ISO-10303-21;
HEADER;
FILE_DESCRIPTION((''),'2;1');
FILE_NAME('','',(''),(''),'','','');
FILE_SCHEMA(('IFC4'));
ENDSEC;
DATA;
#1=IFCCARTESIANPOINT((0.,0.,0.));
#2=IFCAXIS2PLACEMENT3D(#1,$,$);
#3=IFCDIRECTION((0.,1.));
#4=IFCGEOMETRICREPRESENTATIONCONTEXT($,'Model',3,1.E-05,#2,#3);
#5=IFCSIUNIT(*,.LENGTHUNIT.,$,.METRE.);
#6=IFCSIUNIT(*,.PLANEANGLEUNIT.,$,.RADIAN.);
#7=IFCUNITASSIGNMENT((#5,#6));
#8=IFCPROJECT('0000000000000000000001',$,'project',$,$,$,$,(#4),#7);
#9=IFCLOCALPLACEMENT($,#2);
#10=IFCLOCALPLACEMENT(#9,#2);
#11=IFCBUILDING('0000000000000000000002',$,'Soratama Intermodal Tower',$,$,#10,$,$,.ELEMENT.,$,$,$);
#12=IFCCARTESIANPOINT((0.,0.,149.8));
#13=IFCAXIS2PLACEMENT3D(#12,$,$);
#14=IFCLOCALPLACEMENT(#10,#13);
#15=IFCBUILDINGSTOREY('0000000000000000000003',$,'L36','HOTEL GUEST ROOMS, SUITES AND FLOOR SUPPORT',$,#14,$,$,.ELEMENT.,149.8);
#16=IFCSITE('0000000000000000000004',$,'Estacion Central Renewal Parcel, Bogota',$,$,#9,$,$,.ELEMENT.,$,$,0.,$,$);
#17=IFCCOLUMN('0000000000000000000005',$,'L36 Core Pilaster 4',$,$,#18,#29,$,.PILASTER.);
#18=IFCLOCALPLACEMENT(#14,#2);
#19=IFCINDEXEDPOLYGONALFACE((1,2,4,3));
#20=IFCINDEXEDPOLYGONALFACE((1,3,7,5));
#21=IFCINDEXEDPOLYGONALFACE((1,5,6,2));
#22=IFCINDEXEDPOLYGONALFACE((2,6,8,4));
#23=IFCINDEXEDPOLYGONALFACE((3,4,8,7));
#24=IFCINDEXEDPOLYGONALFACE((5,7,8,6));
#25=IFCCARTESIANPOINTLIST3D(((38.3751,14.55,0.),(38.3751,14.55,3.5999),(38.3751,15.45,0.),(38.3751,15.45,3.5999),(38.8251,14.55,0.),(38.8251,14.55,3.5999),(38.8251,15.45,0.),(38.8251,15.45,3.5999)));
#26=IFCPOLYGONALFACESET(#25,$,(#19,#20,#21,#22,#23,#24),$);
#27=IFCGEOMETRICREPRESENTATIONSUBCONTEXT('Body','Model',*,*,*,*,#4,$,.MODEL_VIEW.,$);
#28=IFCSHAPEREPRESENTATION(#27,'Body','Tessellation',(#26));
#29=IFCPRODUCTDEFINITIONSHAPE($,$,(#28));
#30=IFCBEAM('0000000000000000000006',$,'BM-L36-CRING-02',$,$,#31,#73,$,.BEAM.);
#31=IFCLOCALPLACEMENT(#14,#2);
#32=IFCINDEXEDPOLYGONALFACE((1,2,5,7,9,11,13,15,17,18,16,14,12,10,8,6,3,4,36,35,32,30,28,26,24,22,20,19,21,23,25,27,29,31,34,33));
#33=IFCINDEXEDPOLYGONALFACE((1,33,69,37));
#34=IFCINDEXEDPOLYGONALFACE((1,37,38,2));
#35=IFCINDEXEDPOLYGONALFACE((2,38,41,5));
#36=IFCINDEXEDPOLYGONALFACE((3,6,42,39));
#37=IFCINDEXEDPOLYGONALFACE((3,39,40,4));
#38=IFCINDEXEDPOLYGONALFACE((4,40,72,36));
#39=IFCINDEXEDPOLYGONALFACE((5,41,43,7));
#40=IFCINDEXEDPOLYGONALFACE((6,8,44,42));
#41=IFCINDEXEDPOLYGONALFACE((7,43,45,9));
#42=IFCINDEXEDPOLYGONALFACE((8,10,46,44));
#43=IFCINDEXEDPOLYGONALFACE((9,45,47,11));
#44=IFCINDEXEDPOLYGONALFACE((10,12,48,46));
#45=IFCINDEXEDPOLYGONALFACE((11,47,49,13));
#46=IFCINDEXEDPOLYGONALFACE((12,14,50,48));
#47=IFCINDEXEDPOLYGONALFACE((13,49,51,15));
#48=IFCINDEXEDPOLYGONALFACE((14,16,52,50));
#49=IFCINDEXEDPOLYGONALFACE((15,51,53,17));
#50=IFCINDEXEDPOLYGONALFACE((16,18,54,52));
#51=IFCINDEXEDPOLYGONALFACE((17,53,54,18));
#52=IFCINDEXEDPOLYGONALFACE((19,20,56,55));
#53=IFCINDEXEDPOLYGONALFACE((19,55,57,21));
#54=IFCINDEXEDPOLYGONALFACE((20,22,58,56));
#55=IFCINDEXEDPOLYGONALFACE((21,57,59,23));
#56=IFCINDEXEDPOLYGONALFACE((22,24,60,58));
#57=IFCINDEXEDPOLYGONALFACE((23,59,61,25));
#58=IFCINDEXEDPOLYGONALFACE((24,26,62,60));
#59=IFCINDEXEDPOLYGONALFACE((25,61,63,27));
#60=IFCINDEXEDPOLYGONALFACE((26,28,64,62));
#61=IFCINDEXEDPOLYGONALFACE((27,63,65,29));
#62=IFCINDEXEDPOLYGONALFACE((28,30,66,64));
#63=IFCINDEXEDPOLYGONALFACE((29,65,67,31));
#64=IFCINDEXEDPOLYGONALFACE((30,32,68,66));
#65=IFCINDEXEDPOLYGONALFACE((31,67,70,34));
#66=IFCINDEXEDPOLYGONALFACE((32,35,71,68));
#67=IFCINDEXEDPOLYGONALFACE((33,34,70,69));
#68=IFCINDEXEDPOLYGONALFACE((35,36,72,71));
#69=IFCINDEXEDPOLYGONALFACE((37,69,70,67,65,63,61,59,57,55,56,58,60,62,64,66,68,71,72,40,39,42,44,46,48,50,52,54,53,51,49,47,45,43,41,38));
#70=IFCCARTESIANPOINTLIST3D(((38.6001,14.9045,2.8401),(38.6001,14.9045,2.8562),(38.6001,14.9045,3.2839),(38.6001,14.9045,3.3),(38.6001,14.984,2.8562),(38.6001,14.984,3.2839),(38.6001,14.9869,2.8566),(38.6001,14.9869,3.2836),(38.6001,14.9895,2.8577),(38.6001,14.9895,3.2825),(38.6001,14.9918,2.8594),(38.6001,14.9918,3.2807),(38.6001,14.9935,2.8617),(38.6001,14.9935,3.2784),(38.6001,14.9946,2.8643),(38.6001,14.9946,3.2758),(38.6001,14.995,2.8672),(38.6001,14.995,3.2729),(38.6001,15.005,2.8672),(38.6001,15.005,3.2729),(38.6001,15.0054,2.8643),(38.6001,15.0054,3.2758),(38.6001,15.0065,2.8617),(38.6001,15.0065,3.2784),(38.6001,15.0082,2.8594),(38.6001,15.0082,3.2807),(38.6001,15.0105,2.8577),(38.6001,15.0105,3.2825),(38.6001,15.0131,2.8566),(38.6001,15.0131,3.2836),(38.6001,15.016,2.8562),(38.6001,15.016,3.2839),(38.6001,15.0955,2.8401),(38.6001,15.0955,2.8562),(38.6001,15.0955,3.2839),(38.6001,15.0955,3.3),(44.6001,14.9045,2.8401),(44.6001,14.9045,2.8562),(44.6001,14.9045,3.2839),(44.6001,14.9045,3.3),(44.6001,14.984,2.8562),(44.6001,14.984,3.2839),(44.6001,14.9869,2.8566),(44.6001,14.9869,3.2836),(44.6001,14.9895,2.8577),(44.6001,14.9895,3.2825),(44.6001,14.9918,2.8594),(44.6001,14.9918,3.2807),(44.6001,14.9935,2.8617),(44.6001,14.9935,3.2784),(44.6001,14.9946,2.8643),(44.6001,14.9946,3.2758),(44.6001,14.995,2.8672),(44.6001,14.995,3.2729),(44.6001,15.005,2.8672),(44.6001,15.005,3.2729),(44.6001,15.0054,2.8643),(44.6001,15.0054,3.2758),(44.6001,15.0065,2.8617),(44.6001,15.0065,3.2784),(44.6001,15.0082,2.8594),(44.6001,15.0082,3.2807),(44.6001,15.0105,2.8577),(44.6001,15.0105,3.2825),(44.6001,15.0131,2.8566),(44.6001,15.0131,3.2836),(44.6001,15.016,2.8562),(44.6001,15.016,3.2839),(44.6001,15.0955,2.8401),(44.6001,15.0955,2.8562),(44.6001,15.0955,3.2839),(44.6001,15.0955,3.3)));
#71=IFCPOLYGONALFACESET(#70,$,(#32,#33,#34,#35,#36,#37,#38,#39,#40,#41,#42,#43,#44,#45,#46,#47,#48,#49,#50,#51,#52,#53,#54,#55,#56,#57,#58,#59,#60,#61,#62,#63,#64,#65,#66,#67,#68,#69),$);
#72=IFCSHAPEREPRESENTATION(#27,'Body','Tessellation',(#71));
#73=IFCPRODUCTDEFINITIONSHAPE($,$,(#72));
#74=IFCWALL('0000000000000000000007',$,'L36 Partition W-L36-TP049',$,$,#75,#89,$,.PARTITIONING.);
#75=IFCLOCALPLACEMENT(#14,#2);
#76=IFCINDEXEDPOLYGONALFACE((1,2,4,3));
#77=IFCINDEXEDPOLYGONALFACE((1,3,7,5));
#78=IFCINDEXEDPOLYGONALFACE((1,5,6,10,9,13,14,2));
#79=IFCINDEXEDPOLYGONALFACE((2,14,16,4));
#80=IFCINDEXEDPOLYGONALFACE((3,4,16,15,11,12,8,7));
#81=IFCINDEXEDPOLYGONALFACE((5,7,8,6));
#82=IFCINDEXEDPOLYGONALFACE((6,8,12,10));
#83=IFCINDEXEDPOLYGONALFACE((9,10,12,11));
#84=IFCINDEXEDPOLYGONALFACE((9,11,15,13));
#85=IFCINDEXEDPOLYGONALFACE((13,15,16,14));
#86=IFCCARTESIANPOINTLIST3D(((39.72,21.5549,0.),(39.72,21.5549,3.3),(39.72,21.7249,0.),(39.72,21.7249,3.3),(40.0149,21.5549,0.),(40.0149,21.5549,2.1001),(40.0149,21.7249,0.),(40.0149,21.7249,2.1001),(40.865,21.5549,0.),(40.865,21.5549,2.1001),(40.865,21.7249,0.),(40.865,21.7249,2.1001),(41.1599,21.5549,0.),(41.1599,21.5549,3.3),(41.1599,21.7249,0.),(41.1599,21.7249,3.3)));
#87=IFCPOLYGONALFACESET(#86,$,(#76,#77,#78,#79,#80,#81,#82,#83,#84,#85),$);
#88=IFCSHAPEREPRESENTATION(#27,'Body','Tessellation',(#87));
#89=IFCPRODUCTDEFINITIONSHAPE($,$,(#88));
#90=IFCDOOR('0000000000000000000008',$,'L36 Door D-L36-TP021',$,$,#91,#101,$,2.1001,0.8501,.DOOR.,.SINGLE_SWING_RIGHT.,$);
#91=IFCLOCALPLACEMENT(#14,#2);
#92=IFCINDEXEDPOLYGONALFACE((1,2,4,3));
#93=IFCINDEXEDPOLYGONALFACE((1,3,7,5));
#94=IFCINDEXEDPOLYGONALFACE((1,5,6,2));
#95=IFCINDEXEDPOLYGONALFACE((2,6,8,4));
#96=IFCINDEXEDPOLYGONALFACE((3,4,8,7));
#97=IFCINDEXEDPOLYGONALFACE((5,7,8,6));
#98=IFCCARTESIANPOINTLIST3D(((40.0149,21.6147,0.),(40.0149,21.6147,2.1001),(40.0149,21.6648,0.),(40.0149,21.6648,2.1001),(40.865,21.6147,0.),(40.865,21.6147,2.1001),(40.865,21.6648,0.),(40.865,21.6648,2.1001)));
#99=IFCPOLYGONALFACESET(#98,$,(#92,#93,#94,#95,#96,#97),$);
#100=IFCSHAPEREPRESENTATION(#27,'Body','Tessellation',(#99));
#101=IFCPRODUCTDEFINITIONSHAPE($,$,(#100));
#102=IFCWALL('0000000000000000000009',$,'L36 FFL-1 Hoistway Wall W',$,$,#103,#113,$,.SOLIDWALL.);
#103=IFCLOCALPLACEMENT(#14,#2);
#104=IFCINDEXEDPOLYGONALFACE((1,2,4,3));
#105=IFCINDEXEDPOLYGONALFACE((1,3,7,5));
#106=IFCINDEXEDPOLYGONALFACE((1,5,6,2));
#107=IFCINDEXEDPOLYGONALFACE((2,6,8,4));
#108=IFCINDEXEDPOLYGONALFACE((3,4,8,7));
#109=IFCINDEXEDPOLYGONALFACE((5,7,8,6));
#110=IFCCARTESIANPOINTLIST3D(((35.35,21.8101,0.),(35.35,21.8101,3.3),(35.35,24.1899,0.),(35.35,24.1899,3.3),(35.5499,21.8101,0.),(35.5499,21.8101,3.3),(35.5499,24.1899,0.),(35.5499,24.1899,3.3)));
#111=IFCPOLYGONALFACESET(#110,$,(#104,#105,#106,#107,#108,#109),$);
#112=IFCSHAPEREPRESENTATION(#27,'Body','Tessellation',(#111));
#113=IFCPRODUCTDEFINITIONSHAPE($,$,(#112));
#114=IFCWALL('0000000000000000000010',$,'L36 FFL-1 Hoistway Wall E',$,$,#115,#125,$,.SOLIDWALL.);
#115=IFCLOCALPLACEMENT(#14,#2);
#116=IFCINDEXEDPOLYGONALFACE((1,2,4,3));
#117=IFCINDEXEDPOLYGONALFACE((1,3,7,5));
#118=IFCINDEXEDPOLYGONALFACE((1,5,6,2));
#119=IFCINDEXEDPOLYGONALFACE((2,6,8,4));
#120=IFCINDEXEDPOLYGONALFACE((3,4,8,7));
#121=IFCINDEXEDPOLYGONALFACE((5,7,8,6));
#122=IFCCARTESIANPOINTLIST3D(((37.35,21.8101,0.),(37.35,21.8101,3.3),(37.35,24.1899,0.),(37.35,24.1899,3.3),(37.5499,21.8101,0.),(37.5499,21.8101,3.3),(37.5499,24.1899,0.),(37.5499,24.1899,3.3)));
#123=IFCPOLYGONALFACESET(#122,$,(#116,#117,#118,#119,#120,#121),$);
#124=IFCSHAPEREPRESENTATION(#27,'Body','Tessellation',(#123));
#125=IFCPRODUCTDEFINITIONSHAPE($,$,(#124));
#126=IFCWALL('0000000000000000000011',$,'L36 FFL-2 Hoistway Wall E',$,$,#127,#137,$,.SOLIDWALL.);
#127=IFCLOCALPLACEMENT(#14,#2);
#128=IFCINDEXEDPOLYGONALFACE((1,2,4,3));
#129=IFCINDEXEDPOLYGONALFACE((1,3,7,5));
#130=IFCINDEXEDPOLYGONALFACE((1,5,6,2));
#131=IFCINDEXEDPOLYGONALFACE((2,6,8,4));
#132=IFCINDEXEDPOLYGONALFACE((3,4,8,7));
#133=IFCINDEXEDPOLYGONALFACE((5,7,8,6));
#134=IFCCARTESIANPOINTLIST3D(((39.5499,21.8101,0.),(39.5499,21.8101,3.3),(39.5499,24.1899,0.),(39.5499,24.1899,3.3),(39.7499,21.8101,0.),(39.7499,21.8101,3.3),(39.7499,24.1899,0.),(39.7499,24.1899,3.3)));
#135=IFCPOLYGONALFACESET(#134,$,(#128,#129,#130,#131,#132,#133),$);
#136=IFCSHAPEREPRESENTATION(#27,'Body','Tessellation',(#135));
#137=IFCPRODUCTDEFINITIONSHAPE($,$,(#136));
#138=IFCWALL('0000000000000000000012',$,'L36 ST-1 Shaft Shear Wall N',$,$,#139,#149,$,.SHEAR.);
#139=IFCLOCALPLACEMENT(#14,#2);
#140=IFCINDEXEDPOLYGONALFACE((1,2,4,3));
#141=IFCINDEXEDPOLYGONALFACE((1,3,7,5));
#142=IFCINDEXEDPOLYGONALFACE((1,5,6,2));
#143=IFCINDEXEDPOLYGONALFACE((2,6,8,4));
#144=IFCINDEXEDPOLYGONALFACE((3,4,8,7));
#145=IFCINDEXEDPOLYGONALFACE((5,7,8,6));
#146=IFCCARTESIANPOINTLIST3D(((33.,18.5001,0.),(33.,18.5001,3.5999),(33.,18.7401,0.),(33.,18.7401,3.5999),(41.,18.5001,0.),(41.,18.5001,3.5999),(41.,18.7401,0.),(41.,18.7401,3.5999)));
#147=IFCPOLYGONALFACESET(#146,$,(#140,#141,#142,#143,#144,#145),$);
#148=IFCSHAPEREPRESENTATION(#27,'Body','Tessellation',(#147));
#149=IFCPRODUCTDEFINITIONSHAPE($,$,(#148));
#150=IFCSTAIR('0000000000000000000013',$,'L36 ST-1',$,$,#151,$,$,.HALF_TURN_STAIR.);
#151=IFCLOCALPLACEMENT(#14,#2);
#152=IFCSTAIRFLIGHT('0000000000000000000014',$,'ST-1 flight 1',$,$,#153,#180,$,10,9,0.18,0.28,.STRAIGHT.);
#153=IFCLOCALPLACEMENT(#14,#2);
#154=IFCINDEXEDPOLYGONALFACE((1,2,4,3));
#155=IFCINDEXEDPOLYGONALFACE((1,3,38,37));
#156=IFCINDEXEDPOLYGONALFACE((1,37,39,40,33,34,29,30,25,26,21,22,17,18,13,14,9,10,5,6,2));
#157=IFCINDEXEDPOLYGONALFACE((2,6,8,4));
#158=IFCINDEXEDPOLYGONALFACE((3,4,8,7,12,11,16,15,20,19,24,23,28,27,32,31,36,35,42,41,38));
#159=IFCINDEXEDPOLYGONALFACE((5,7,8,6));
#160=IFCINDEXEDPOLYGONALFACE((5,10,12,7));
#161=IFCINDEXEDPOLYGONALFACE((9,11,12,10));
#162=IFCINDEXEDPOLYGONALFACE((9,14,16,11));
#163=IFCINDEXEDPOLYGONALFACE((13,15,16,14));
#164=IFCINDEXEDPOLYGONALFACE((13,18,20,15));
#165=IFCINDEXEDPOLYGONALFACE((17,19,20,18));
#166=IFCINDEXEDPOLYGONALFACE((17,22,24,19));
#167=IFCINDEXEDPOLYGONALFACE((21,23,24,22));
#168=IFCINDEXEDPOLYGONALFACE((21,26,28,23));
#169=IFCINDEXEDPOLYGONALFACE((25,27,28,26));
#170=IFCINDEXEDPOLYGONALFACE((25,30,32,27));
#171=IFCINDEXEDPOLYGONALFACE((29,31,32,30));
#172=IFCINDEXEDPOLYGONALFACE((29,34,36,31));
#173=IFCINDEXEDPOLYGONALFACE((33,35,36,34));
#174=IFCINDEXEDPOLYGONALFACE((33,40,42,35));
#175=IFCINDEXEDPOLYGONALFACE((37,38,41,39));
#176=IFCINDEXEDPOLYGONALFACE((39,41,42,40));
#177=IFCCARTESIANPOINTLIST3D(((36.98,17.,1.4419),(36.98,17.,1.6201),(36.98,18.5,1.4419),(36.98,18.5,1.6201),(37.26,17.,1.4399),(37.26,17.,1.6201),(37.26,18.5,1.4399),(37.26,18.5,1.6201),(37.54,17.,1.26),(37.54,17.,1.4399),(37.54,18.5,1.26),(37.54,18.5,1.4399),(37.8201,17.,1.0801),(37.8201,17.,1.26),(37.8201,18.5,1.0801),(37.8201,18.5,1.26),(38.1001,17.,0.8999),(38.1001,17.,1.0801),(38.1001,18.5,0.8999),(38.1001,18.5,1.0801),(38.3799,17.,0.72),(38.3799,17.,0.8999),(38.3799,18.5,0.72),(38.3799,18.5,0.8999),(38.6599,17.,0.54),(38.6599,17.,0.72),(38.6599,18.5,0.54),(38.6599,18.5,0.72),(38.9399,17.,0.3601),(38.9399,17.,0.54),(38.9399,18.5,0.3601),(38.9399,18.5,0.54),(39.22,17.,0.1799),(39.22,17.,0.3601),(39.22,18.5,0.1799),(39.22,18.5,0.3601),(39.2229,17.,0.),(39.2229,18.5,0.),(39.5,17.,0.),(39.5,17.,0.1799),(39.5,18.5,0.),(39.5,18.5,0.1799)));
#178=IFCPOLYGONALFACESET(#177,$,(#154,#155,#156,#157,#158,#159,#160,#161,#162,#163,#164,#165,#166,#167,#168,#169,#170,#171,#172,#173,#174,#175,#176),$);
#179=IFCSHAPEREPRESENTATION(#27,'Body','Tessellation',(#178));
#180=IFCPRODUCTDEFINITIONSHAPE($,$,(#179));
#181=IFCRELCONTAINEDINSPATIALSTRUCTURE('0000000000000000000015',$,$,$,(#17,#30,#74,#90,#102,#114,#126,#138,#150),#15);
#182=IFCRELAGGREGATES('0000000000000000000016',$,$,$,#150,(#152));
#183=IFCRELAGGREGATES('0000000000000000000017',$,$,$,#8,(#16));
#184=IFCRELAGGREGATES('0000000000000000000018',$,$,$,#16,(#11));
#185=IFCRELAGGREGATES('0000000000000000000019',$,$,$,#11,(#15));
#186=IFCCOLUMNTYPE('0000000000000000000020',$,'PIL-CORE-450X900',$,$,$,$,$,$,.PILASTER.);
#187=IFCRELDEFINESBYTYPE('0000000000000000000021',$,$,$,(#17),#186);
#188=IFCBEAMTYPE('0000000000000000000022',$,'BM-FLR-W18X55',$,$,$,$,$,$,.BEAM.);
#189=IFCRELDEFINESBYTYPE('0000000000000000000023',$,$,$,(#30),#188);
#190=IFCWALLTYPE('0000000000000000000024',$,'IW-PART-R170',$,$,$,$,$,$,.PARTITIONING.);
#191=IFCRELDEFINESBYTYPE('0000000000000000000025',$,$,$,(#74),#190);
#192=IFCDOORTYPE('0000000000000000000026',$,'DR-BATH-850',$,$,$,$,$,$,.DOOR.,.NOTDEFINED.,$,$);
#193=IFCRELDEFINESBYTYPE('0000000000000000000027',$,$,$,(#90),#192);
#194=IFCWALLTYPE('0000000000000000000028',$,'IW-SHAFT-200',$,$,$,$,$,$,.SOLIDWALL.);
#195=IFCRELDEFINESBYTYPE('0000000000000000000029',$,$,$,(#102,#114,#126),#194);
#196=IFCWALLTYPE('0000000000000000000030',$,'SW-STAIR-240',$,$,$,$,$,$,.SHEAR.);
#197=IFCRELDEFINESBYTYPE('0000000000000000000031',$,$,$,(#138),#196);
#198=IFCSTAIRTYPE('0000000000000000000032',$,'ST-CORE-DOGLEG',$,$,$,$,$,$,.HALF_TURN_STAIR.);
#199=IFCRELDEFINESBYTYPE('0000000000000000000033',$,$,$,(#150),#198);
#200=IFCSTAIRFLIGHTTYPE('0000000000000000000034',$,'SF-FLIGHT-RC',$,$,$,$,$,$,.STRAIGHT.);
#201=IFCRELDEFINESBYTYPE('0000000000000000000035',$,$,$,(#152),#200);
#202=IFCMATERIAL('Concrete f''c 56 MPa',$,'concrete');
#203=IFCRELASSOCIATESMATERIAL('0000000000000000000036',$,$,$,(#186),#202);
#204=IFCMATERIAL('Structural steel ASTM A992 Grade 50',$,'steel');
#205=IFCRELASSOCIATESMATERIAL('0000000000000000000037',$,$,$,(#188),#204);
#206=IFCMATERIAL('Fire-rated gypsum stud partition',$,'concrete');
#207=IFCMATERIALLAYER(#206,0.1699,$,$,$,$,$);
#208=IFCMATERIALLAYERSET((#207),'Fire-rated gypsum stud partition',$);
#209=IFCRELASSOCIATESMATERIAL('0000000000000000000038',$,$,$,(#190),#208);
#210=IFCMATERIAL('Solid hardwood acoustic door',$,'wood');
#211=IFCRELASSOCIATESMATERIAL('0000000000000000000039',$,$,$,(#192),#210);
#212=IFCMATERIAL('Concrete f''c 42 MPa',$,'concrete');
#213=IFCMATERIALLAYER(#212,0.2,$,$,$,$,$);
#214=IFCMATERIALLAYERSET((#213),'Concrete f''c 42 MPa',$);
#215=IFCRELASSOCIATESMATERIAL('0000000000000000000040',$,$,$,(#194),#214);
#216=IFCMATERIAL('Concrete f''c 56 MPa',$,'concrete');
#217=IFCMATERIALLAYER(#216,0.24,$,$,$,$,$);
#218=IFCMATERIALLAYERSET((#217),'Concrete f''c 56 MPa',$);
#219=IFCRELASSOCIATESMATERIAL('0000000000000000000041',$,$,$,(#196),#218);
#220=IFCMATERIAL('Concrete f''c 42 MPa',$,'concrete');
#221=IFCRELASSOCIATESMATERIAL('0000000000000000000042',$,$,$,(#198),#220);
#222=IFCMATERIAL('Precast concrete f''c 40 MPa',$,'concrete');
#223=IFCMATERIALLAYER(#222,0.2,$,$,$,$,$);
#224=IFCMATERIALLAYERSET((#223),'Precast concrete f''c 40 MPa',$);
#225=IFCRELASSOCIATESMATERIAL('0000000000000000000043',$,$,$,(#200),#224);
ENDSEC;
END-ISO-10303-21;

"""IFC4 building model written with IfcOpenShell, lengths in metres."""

from ifc_helpers import new_model, si_unit, direction, frame, frame_2d, origin, origin_2d, place, context, subcontext, project, spatial, polyline, rectangle, i_section, outline, extrude, material, layer, layer_set, material_profile, profile_set, type_object, element, fill, aggregate, save


model = new_model("IFC4")

# Units and contexts
model_context = context("Model", 3, precision=1e-05, world=origin(), true_north=direction((0.0, 1.0)))
body_context = subcontext(model_context, "Body", "Model", "MODEL_VIEW")
ifc_project = project(units=[si_unit("LENGTHUNIT", "METRE"), si_unit("PLANEANGLEUNIT", "RADIAN")], contexts=[model_context])

# Site, building, storey
site_placement = place(None, origin())
site = spatial("IfcSite", under=ifc_project, at=site_placement, Name="Estacion Central Renewal Parcel, Bogota", CompositionType="ELEMENT", RefElevation=0.0)
building_placement = place(site_placement, origin())
building = spatial("IfcBuilding", under=site, at=building_placement, Name="Soratama Intermodal Tower", CompositionType="ELEMENT")
storey_placement = place(building_placement, frame((0.0, 0.0, 149.8)))
storey = spatial("IfcBuildingStorey", under=building, at=storey_placement, Name="L36", Description="HOTEL GUEST ROOMS, SUITES AND FLOOR SUPPORT", CompositionType="ELEMENT", Elevation=149.8)

# Column
ifc_material_1 = material(Name="Concrete f'c 56 MPa", Category="concrete")
ifc_material_profile_1 = material_profile(ifc_material_1, rectangle(XDim=0.45, YDim=0.8999, at=origin_2d()), Name="RC450X900")
ifc_profile_set_1 = profile_set([ifc_material_profile_1], Name="Concrete f'c 56 MPa")
column_type = type_object("IfcColumnType", Name="PIL-CORE-450X900", PredefinedType="PILASTER", material=ifc_profile_set_1)
column_placement = place(storey_placement, frame((38.6001, 15.0, 0.0), z_axis=(0.0, 0.0, 1.0), x_axis=(1.0, 0.0, 0.0)))
element("IfcColumn", 1, at=column_placement, inside=storey, type_object=column_type, Name="L36 Core Pilaster 4", PredefinedType="PILASTER", context=body_context, shape_type="SweptSolid", body=[
    extrude(rectangle(XDim=0.45, YDim=0.8999, at=origin_2d()), origin(), (0.0, 0.0, 1.0), 3.5999),
])

# Beam
ifc_material_2 = material(Name="Structural steel ASTM A992 Grade 50", Category="steel")
ifc_material_profile_2 = material_profile(ifc_material_2, i_section(OverallWidth=0.1909, OverallDepth=0.46, WebThickness=0.01, FlangeThickness=0.0161, FilletRadius=0.011, at=origin_2d()), Name="W18X55")
ifc_profile_set_2 = profile_set([ifc_material_profile_2], Name="Structural steel ASTM A992 Grade 50")
beam_type = type_object("IfcBeamType", Name="BM-FLR-W18X55", PredefinedType="BEAM", material=ifc_profile_set_2)
beam_placement = place(storey_placement, frame((38.6001, 15.0, 3.0701), z_axis=(1.0, 0.0, 0.0), x_axis=(0.0, 1.0, 0.0)))
element("IfcBeam", 2, at=beam_placement, inside=storey, type_object=beam_type, Name="BM-L36-CRING-02", PredefinedType="BEAM", context=body_context, shape_type="SweptSolid", body=[
    extrude(i_section(OverallWidth=0.1909, OverallDepth=0.46, WebThickness=0.01, FlangeThickness=0.0161, FilletRadius=0.011, at=origin_2d()), origin(), (0.0, 0.0, 1.0), 6.0),
])

# Wall, opening, door
ifc_material_3 = material(Name="Fire-rated gypsum stud partition", Category="concrete")
ifc_layer_1 = layer(ifc_material_3, 0.1699)
ifc_layer_set_1 = layer_set([ifc_layer_1], Name="Fire-rated gypsum stud partition")
wall_type_1 = type_object("IfcWallType", Name="IW-PART-R170", PredefinedType="PARTITIONING", material=ifc_layer_set_1)
wall_1_placement = place(storey_placement, frame((39.72, 21.6399, 0.0), z_axis=(0.0, 0.0, 1.0), x_axis=(1.0, 0.0, 0.0)))
wall_1 = element("IfcWall", 3, at=wall_1_placement, inside=storey, type_object=wall_type_1, Name="L36 Partition W-L36-TP049", PredefinedType="PARTITIONING", context=body_context, shape_type="SweptSolid", body=[
    extrude(rectangle(XDim=1.4399, YDim=0.1699, at=frame_2d((0.72, 0.0))), origin(), (0.0, 0.0, 1.0), 3.3),
])
opening_1_placement = place(wall_1_placement, frame((0.2949, 0.0, 0.0)))
opening_1 = element("IfcOpeningElement", 4, at=opening_1_placement, cuts=wall_1, PredefinedType="OPENING", context=body_context, shape_type="SweptSolid", body=[
    extrude(rectangle(XDim=0.8501, YDim=2.1001, at=frame_2d((0.425, 1.05))), frame((0.0, 0.095, 0.0), z_axis=(0.0, -1.0, 0.0), x_axis=(1.0, 0.0, 0.0)), (0.0, 0.0, 1.0), 0.1899),
])
ifc_material_4 = material(Name="Solid hardwood acoustic door", Category="wood")
door_type_1 = type_object("IfcDoorType", Name="DR-BATH-850", OperationType="NOTDEFINED", PredefinedType="DOOR", material=ifc_material_4)
door_1_placement = place(opening_1_placement, origin())
door_1 = element("IfcDoor", 5, at=door_1_placement, inside=storey, type_object=door_type_1, Name="L36 Door D-L36-TP021", OperationType="SINGLE_SWING_RIGHT", OverallHeight=2.1001, OverallWidth=0.8501, PredefinedType="DOOR", context=body_context, shape_type="SweptSolid", body=[
    extrude(rectangle(XDim=0.8501, YDim=2.1001, at=frame_2d((0.425, 1.05))), frame((0.0, 0.0249, 0.0), z_axis=(0.0, -1.0, 0.0), x_axis=(1.0, 0.0, 0.0)), (0.0, 0.0, 1.0), 0.05),
])
fill(opening_1, door_1)
ifc_material_5 = material(Name="Concrete f'c 42 MPa", Category="concrete")
ifc_layer_2 = layer(ifc_material_5, 0.2)
ifc_layer_set_2 = layer_set([ifc_layer_2], Name="Concrete f'c 42 MPa")
wall_type_2 = type_object("IfcWallType", Name="IW-SHAFT-200", PredefinedType="SOLIDWALL", material=ifc_layer_set_2)

# Walls
for number, where, z_axis, x_axis, name in (
    (6, (35.45, 21.8101, 0.0), (0.0, 0.0, 1.0), (0.0, 1.0, 0.0), "L36 FFL-1 Hoistway Wall W"),
    (7, (37.45, 21.8101, 0.0), (0.0, 0.0, 1.0), (0.0, 1.0, 0.0), "L36 FFL-1 Hoistway Wall E"),
):
    element("IfcWall", number, at=place(storey_placement, frame(where, z_axis=z_axis, x_axis=x_axis)), inside=storey, type_object=wall_type_2, Name=name, PredefinedType="SOLIDWALL", context=body_context, shape_type="SweptSolid", body=[
        extrude(rectangle(XDim=2.3799, YDim=0.2, at=frame_2d((1.1899, 0.0))), origin(), (0.0, 0.0, 1.0), 3.3),
    ])

# Wall
wall_2_placement = place(storey_placement, frame((39.6499, 21.8101, 0.0), z_axis=(0.0, 0.0, 1.0), x_axis=(0.0, 1.0, 0.0)))
element("IfcWall", 8, at=wall_2_placement, inside=storey, type_object=wall_type_2, Name="L36 FFL-2 Hoistway Wall E", PredefinedType="SOLIDWALL", context=body_context, shape_type="SweptSolid", body=[
    extrude(rectangle(XDim=2.3799, YDim=0.2, at=frame_2d((1.1899, 0.0))), origin(), (0.0, 0.0, 1.0), 3.3),
])

# Shared definitions
ifc_material_6 = material(Name="Concrete f'c 56 MPa", Category="concrete")
ifc_layer_3 = layer(ifc_material_6, 0.24)
ifc_layer_set_3 = layer_set([ifc_layer_3], Name="Concrete f'c 56 MPa")
wall_type_3 = type_object("IfcWallType", Name="SW-STAIR-240", PredefinedType="SHEAR", material=ifc_layer_set_3)

# Wall
wall_3_placement = place(storey_placement, frame((33.0, 18.6201, 0.0), z_axis=(0.0, 0.0, 1.0), x_axis=(1.0, 0.0, 0.0)))
element("IfcWall", 9, at=wall_3_placement, inside=storey, type_object=wall_type_3, Name="L36 ST-1 Shaft Shear Wall N", PredefinedType="SHEAR", context=body_context, shape_type="SweptSolid", body=[
    extrude(rectangle(XDim=8.0, YDim=0.24, at=frame_2d((4.0, 0.0))), origin(), (0.0, 0.0, 1.0), 3.5999),
])

# Stair, stair flight
ifc_material_7 = material(Name="Concrete f'c 42 MPa", Category="concrete")
stair_type = type_object("IfcStairType", Name="ST-CORE-DOGLEG", PredefinedType="HALF_TURN_STAIR", material=ifc_material_7)
stair_placement = place(storey_placement, origin())
stair = element("IfcStair", 10, at=stair_placement, inside=storey, type_object=stair_type, Name="L36 ST-1", PredefinedType="HALF_TURN_STAIR")
ifc_material_8 = material(Name="Precast concrete f'c 40 MPa", Category="concrete")
ifc_layer_4 = layer(ifc_material_8, 0.2)
ifc_layer_set_4 = layer_set([ifc_layer_4], Name="Precast concrete f'c 40 MPa")
stair_flight_type = type_object("IfcStairFlightType", Name="SF-FLIGHT-RC", PredefinedType="STRAIGHT", material=ifc_layer_set_4)
stair_flight_1_placement = place(storey_placement, frame((39.5, 17.75, 0.0), z_axis=(0.0, 0.0, 1.0), x_axis=(-1.0, 0.0, 0.0)))
stair_flight_1 = element("IfcStairFlight", 11, at=stair_flight_1_placement, type_object=stair_flight_type, Name="ST-1 flight 1", NumberOfRisers=10, NumberOfTreads=9, PredefinedType="STRAIGHT", RiserHeight=0.18, TreadLength=0.28, context=body_context, shape_type="SweptSolid", body=[
    extrude(outline(polyline([(0.0, 0.0), (0.0, 0.1799), (0.28, 0.1799), (0.28, 0.3601), (0.5601, 0.3601), (0.5601, 0.54), (0.8401, 0.54), (0.8401, 0.72), (1.1201, 0.72), (1.1201, 0.8999), (1.3999, 0.8999), (1.3999, 1.0801), (1.6799, 1.0801), (1.6799, 1.26), (1.96, 1.26), (1.96, 1.4399), (2.24, 1.4399), (2.24, 1.6201), (2.52, 1.6201), (2.52, 1.8), (2.52, 1.4419), (0.2771, 0.0), (0.0, 0.0)])), frame((0.0, 0.75, 0.0), z_axis=(0.0, -1.0, 0.0), x_axis=(1.0, 0.0, 0.0)), (0.0, 0.0, 1.0), 1.5),
])
aggregate(stair, [stair_flight_1])

save(model, "model.ifc")
